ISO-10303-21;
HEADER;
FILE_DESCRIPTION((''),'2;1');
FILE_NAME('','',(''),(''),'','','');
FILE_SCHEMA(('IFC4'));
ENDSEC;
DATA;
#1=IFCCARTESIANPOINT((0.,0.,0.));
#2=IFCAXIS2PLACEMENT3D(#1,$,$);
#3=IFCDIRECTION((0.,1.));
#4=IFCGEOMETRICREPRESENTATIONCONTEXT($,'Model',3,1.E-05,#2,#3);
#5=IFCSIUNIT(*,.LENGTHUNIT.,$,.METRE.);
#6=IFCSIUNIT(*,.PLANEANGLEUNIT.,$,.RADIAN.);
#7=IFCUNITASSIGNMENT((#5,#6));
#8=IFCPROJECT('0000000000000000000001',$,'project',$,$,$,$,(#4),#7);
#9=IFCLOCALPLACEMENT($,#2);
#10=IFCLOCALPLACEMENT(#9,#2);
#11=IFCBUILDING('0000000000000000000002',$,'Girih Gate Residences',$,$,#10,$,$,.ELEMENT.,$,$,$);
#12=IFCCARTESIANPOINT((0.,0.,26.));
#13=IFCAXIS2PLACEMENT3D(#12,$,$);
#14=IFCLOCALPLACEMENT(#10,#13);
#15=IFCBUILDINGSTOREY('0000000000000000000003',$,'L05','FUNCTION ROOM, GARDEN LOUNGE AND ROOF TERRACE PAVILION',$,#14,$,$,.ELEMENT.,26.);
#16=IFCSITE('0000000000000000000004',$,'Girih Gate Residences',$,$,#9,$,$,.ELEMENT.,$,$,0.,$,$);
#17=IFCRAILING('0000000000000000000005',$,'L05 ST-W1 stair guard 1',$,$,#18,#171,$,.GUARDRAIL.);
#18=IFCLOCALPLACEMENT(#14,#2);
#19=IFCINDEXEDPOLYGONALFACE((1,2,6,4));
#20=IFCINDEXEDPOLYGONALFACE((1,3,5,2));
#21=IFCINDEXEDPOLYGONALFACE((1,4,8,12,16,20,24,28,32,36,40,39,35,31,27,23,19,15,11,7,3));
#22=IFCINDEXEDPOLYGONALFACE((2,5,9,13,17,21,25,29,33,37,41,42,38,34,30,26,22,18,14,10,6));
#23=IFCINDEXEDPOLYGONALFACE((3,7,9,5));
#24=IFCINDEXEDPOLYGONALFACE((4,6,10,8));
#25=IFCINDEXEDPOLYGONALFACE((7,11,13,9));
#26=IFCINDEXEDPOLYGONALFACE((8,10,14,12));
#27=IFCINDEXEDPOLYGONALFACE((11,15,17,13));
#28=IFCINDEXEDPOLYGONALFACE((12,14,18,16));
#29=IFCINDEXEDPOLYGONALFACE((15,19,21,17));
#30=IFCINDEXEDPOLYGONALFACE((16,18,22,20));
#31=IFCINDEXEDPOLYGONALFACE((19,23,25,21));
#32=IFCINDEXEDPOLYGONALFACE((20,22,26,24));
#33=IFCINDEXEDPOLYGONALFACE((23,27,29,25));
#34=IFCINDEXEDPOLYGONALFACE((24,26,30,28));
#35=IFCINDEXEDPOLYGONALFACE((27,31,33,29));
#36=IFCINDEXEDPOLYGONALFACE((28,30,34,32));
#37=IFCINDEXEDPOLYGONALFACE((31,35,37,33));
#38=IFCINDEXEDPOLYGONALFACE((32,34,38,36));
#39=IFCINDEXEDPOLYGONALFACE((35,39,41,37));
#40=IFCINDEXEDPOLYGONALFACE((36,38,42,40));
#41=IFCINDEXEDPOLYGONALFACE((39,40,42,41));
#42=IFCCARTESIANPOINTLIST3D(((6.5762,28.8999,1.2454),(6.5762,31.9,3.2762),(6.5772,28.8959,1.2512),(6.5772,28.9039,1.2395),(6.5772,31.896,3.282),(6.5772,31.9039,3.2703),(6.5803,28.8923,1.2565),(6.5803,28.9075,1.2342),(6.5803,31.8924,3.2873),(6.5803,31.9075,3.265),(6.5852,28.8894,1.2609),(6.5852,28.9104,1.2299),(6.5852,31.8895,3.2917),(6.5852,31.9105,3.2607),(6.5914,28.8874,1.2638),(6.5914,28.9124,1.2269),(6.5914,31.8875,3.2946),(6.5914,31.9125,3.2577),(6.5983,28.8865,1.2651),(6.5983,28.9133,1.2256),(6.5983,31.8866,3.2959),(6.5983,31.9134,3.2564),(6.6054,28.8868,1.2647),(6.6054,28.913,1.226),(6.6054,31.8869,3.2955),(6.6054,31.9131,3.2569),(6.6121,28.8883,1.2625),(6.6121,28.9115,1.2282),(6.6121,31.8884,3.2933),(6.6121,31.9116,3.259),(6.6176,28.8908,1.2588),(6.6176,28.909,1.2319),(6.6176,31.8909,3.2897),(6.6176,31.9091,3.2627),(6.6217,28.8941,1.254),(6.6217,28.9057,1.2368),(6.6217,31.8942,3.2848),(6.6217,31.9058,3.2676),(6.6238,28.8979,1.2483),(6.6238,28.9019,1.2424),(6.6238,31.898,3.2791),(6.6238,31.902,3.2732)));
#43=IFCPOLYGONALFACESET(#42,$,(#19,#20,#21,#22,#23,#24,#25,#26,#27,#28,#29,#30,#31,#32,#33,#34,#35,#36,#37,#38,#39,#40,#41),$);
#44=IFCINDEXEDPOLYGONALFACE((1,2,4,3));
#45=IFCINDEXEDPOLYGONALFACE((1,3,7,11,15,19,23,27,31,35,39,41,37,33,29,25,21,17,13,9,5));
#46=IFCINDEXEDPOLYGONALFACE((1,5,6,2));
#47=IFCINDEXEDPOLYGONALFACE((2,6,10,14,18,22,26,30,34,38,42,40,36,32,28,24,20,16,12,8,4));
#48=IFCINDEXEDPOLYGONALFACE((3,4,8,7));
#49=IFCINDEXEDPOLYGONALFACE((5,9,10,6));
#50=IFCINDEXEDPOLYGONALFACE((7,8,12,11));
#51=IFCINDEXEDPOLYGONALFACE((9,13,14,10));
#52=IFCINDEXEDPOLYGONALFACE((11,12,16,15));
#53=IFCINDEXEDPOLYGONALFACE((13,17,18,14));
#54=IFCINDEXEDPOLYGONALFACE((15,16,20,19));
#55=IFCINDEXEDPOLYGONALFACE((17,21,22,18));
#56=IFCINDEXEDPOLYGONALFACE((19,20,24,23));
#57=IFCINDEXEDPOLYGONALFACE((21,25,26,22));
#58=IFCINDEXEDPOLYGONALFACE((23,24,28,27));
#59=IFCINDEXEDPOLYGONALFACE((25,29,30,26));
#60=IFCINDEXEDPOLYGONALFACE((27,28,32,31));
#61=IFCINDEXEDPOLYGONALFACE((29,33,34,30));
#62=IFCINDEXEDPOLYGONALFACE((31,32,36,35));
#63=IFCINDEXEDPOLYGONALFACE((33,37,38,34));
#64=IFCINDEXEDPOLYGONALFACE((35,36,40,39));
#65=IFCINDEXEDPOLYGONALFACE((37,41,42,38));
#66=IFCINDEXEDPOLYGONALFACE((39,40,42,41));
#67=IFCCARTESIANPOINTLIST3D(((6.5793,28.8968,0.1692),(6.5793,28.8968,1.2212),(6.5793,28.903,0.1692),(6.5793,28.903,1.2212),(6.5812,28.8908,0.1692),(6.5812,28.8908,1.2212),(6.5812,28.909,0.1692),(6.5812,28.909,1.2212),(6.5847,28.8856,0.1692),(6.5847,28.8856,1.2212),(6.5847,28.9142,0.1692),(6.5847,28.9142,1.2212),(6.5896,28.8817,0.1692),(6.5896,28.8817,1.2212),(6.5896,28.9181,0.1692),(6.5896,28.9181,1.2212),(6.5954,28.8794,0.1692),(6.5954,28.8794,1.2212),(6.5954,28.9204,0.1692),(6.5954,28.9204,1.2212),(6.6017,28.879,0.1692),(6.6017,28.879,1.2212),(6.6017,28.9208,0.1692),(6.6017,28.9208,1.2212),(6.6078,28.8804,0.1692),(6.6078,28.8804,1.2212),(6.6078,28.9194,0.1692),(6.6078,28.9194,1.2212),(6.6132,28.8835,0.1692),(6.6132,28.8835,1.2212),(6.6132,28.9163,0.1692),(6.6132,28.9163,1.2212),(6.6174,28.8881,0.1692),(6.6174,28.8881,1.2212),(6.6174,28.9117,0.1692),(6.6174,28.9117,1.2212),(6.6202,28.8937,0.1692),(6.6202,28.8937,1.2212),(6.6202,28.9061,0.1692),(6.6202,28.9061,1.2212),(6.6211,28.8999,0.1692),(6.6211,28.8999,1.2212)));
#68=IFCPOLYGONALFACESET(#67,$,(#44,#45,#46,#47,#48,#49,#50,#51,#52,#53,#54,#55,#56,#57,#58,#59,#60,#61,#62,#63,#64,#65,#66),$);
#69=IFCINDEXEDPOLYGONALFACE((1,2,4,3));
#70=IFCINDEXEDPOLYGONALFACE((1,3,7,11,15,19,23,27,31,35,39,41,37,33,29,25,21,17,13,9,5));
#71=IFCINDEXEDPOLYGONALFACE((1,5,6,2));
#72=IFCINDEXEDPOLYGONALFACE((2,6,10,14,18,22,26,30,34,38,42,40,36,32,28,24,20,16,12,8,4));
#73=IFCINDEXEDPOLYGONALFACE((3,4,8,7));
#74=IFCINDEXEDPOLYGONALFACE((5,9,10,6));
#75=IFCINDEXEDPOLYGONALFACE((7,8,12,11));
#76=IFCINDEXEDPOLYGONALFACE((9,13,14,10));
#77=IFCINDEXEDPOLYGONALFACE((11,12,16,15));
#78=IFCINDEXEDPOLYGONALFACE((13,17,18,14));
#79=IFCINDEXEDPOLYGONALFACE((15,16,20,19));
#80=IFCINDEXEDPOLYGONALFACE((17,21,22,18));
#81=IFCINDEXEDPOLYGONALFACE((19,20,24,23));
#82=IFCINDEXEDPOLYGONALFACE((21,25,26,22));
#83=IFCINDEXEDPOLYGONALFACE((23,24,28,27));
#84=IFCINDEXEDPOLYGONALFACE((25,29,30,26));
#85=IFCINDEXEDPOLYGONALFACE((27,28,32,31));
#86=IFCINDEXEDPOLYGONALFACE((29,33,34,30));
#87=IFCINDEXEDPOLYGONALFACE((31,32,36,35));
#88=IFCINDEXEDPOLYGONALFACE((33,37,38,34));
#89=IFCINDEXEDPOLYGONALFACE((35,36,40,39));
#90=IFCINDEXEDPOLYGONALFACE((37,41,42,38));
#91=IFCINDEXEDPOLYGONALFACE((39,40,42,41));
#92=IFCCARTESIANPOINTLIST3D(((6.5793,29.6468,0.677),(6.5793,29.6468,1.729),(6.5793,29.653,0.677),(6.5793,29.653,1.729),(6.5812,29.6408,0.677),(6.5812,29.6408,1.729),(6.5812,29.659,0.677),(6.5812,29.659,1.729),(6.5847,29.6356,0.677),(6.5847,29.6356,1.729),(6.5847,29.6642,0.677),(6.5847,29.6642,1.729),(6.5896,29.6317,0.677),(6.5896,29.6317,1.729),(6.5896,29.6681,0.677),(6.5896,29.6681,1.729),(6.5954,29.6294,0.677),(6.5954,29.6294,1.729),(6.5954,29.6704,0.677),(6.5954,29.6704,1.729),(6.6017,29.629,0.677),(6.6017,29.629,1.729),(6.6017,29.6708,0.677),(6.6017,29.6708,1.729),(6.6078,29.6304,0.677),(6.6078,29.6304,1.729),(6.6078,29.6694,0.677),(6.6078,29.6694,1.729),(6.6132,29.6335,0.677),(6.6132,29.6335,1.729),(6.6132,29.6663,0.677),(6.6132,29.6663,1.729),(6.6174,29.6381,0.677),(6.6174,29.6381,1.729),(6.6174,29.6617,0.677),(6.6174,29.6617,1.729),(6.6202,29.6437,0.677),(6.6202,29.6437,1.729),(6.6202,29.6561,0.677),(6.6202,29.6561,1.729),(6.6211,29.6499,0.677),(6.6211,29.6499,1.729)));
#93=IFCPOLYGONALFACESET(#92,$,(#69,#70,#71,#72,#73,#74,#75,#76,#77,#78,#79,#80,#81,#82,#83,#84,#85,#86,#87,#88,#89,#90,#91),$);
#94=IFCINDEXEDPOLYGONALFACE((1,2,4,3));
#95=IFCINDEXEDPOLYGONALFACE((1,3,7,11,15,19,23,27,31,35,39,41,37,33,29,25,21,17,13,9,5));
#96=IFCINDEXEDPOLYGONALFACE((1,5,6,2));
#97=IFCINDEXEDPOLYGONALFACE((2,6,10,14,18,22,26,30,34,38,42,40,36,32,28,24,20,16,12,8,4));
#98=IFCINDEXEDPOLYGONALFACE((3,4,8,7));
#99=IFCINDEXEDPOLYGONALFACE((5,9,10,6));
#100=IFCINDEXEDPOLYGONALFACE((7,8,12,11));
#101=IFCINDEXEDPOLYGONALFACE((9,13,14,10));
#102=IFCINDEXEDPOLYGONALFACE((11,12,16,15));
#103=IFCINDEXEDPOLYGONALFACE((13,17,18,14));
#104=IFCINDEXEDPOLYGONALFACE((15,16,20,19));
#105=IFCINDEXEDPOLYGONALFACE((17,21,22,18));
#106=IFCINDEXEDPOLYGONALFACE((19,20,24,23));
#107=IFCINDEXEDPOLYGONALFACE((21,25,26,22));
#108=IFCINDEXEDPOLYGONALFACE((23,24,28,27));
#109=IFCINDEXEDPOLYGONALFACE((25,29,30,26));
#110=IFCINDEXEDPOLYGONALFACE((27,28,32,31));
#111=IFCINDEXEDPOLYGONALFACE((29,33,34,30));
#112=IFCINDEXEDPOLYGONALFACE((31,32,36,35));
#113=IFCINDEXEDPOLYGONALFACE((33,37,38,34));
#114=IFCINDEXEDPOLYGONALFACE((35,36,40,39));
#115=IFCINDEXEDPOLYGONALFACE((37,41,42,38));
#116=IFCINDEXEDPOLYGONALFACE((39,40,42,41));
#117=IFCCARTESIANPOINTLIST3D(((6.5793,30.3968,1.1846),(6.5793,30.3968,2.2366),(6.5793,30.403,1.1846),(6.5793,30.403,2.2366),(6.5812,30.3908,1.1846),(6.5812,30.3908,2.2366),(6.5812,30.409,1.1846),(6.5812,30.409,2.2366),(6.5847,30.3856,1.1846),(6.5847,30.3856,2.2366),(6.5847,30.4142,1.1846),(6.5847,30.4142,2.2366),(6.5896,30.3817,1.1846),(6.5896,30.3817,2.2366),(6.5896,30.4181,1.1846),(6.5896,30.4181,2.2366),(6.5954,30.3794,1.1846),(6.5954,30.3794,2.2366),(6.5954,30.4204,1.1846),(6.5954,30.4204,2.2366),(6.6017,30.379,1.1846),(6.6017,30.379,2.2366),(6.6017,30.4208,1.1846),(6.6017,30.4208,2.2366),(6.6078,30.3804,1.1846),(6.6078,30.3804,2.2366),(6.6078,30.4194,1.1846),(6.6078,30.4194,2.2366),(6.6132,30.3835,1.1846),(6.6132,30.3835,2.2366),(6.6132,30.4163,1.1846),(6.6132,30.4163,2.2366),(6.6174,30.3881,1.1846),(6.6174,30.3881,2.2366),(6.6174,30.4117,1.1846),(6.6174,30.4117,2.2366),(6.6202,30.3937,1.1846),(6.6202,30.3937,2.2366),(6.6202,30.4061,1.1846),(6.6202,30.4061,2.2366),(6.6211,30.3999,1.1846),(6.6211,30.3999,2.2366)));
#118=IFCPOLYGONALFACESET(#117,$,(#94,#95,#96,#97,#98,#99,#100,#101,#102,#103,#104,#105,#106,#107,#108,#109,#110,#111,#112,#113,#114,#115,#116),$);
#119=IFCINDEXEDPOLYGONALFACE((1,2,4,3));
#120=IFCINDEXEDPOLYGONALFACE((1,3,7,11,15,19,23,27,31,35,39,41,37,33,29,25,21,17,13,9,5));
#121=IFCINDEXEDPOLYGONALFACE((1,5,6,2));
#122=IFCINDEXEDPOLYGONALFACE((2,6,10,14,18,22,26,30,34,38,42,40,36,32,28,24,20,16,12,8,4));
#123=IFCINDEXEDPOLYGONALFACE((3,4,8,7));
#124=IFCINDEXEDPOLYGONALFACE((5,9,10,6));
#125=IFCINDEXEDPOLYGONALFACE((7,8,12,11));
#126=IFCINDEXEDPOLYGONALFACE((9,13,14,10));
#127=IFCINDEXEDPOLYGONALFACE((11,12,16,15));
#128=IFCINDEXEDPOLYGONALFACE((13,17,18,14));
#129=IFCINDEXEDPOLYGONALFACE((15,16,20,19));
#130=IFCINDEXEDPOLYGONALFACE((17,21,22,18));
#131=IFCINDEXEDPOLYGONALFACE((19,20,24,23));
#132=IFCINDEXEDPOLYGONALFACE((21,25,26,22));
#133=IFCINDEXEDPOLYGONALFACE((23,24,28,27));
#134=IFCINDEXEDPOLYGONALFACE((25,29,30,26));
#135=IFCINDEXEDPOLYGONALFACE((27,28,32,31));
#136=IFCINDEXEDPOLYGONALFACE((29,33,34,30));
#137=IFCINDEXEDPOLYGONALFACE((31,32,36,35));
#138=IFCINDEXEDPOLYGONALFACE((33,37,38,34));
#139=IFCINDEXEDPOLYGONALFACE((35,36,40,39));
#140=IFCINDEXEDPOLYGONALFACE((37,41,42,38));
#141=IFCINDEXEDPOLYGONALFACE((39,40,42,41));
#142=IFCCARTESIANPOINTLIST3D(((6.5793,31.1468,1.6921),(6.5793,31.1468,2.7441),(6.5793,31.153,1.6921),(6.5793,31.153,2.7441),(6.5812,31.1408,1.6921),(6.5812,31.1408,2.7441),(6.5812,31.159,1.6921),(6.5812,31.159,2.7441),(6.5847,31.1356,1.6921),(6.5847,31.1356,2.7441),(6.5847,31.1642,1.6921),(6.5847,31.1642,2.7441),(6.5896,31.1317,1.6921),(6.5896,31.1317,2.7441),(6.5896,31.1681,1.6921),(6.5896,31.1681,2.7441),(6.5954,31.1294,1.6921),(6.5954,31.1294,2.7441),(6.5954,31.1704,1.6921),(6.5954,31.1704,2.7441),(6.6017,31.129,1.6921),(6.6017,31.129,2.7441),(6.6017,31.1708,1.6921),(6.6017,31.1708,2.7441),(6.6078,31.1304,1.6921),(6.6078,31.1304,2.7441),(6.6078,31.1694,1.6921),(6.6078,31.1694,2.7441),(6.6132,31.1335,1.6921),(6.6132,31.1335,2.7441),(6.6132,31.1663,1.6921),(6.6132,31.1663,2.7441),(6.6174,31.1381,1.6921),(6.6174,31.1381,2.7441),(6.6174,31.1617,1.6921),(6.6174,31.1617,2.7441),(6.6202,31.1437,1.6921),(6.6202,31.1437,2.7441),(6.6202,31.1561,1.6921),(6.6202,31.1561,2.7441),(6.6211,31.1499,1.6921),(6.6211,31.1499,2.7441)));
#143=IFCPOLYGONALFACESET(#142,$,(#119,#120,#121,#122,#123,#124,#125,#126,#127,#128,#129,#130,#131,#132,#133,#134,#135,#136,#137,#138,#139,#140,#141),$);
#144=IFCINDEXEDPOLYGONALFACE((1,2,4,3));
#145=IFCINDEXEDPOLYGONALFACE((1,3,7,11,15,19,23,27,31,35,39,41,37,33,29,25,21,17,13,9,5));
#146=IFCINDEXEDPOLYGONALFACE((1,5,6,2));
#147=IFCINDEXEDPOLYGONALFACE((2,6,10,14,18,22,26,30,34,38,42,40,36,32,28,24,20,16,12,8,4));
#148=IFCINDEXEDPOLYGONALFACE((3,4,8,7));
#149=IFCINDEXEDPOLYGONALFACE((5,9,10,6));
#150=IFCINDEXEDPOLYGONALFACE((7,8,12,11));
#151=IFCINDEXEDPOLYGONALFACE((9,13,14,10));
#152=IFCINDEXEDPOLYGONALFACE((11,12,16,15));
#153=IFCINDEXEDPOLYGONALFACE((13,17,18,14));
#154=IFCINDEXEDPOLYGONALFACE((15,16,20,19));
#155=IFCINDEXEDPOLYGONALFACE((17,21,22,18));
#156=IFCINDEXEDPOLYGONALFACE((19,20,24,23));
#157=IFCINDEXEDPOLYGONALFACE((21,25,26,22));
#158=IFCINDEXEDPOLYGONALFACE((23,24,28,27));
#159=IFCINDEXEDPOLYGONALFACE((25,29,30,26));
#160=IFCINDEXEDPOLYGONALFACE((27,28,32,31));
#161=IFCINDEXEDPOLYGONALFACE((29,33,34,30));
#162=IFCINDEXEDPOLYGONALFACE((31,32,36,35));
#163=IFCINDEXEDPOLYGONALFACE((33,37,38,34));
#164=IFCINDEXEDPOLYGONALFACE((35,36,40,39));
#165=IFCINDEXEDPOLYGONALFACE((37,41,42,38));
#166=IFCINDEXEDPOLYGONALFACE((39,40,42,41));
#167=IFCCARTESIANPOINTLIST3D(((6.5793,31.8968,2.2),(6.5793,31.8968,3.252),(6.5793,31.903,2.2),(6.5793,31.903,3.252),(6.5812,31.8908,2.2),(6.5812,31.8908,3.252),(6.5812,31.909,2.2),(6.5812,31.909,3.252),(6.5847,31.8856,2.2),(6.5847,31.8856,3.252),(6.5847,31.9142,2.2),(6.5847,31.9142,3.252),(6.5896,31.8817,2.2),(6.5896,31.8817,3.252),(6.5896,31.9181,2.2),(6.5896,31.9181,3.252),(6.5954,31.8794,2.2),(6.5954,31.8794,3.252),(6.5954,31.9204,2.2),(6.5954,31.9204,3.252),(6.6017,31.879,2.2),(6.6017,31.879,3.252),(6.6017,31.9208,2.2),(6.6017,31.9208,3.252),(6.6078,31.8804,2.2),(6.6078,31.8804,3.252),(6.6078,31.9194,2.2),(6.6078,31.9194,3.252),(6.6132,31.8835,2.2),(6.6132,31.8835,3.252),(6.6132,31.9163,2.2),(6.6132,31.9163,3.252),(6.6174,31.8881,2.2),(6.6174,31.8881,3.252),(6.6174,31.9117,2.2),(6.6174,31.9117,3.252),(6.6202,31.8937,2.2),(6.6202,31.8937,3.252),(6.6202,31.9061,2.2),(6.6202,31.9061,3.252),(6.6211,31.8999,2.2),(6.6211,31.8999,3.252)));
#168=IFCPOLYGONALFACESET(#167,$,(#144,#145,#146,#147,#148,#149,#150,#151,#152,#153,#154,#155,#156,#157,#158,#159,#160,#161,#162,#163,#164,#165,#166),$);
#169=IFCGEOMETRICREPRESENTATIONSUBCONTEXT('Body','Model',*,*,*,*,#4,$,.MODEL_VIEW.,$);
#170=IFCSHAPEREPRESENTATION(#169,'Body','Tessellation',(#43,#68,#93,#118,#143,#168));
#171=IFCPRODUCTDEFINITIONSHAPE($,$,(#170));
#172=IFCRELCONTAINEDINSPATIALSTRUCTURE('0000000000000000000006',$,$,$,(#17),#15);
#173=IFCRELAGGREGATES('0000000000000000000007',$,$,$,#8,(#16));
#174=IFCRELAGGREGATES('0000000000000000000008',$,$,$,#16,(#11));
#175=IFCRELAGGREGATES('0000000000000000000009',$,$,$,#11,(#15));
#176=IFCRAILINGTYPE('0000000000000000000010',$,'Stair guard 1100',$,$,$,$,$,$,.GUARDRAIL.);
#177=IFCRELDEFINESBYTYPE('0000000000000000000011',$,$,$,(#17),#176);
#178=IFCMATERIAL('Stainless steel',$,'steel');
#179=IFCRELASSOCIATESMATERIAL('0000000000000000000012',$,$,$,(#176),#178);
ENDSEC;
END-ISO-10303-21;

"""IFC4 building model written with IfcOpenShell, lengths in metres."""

from ifc_helpers import new_model, si_unit, direction, frame, origin, origin_2d, place, context, subcontext, project, spatial, circle, extrude, material, type_object, element, save


model = new_model("IFC4")

# Units and contexts
model_context = context("Model", 3, precision=1e-05, world=origin(), true_north=direction((0.0, 1.0)))
body_context = subcontext(model_context, "Body", "Model", "MODEL_VIEW")
ifc_project = project(units=[si_unit("LENGTHUNIT", "METRE"), si_unit("PLANEANGLEUNIT", "RADIAN")], contexts=[model_context])

# Site, building, storey
site_placement = place(None, origin())
site = spatial("IfcSite", under=ifc_project, at=site_placement, Name="Girih Gate Residences", CompositionType="ELEMENT", RefElevation=0.0)
building_placement = place(site_placement, origin())
building = spatial("IfcBuilding", under=site, at=building_placement, Name="Girih Gate Residences", CompositionType="ELEMENT")
storey_placement = place(building_placement, frame((0.0, 0.0, 26.0)))
storey = spatial("IfcBuildingStorey", under=building, at=storey_placement, Name="L05", Description="FUNCTION ROOM, GARDEN LOUNGE AND ROOF TERRACE PAVILION", CompositionType="ELEMENT", Elevation=26.0)

# Railing
ifc_material_1 = material(Name="Stainless steel", Category="steel")
railing_type_1 = type_object("IfcRailingType", Name="Stair guard 1100", PredefinedType="GUARDRAIL", material=ifc_material_1)
railing_1_placement = place(storey_placement, frame((6.6001, 28.8999, 0.1692)))
element("IfcRailing", 1, at=railing_1_placement, inside=storey, type_object=railing_type_1, Name="L05 ST-W1 stair guard 1", PredefinedType="GUARDRAIL", context=body_context, shape_type="SweptSolid", body=[
    extrude(circle(Radius=0.0239, at=origin_2d()), frame((0.0, 0.0, 1.0762), z_axis=(0.0, 0.82811, 0.560565), x_axis=(-1.0, 0.0, 0.0)), (0.0, 0.0, 1.0), 3.6228),
    extrude(circle(Radius=0.021, at=origin_2d()), origin(), (0.0, 0.0, 1.0), 1.052),
    extrude(circle(Radius=0.021, at=origin_2d()), frame((0.0, 0.75, 0.5078)), (0.0, 0.0, 1.0), 1.052),
    extrude(circle(Radius=0.021, at=origin_2d()), frame((0.0, 1.5, 1.0154)), (0.0, 0.0, 1.0), 1.052),
    extrude(circle(Radius=0.021, at=origin_2d()), frame((0.0, 2.25, 1.5229)), (0.0, 0.0, 1.0), 1.052),
    extrude(circle(Radius=0.021, at=origin_2d()), frame((0.0, 3.0, 2.0308)), (0.0, 0.0, 1.0), 1.052),
])

save(model, "model.ifc")
